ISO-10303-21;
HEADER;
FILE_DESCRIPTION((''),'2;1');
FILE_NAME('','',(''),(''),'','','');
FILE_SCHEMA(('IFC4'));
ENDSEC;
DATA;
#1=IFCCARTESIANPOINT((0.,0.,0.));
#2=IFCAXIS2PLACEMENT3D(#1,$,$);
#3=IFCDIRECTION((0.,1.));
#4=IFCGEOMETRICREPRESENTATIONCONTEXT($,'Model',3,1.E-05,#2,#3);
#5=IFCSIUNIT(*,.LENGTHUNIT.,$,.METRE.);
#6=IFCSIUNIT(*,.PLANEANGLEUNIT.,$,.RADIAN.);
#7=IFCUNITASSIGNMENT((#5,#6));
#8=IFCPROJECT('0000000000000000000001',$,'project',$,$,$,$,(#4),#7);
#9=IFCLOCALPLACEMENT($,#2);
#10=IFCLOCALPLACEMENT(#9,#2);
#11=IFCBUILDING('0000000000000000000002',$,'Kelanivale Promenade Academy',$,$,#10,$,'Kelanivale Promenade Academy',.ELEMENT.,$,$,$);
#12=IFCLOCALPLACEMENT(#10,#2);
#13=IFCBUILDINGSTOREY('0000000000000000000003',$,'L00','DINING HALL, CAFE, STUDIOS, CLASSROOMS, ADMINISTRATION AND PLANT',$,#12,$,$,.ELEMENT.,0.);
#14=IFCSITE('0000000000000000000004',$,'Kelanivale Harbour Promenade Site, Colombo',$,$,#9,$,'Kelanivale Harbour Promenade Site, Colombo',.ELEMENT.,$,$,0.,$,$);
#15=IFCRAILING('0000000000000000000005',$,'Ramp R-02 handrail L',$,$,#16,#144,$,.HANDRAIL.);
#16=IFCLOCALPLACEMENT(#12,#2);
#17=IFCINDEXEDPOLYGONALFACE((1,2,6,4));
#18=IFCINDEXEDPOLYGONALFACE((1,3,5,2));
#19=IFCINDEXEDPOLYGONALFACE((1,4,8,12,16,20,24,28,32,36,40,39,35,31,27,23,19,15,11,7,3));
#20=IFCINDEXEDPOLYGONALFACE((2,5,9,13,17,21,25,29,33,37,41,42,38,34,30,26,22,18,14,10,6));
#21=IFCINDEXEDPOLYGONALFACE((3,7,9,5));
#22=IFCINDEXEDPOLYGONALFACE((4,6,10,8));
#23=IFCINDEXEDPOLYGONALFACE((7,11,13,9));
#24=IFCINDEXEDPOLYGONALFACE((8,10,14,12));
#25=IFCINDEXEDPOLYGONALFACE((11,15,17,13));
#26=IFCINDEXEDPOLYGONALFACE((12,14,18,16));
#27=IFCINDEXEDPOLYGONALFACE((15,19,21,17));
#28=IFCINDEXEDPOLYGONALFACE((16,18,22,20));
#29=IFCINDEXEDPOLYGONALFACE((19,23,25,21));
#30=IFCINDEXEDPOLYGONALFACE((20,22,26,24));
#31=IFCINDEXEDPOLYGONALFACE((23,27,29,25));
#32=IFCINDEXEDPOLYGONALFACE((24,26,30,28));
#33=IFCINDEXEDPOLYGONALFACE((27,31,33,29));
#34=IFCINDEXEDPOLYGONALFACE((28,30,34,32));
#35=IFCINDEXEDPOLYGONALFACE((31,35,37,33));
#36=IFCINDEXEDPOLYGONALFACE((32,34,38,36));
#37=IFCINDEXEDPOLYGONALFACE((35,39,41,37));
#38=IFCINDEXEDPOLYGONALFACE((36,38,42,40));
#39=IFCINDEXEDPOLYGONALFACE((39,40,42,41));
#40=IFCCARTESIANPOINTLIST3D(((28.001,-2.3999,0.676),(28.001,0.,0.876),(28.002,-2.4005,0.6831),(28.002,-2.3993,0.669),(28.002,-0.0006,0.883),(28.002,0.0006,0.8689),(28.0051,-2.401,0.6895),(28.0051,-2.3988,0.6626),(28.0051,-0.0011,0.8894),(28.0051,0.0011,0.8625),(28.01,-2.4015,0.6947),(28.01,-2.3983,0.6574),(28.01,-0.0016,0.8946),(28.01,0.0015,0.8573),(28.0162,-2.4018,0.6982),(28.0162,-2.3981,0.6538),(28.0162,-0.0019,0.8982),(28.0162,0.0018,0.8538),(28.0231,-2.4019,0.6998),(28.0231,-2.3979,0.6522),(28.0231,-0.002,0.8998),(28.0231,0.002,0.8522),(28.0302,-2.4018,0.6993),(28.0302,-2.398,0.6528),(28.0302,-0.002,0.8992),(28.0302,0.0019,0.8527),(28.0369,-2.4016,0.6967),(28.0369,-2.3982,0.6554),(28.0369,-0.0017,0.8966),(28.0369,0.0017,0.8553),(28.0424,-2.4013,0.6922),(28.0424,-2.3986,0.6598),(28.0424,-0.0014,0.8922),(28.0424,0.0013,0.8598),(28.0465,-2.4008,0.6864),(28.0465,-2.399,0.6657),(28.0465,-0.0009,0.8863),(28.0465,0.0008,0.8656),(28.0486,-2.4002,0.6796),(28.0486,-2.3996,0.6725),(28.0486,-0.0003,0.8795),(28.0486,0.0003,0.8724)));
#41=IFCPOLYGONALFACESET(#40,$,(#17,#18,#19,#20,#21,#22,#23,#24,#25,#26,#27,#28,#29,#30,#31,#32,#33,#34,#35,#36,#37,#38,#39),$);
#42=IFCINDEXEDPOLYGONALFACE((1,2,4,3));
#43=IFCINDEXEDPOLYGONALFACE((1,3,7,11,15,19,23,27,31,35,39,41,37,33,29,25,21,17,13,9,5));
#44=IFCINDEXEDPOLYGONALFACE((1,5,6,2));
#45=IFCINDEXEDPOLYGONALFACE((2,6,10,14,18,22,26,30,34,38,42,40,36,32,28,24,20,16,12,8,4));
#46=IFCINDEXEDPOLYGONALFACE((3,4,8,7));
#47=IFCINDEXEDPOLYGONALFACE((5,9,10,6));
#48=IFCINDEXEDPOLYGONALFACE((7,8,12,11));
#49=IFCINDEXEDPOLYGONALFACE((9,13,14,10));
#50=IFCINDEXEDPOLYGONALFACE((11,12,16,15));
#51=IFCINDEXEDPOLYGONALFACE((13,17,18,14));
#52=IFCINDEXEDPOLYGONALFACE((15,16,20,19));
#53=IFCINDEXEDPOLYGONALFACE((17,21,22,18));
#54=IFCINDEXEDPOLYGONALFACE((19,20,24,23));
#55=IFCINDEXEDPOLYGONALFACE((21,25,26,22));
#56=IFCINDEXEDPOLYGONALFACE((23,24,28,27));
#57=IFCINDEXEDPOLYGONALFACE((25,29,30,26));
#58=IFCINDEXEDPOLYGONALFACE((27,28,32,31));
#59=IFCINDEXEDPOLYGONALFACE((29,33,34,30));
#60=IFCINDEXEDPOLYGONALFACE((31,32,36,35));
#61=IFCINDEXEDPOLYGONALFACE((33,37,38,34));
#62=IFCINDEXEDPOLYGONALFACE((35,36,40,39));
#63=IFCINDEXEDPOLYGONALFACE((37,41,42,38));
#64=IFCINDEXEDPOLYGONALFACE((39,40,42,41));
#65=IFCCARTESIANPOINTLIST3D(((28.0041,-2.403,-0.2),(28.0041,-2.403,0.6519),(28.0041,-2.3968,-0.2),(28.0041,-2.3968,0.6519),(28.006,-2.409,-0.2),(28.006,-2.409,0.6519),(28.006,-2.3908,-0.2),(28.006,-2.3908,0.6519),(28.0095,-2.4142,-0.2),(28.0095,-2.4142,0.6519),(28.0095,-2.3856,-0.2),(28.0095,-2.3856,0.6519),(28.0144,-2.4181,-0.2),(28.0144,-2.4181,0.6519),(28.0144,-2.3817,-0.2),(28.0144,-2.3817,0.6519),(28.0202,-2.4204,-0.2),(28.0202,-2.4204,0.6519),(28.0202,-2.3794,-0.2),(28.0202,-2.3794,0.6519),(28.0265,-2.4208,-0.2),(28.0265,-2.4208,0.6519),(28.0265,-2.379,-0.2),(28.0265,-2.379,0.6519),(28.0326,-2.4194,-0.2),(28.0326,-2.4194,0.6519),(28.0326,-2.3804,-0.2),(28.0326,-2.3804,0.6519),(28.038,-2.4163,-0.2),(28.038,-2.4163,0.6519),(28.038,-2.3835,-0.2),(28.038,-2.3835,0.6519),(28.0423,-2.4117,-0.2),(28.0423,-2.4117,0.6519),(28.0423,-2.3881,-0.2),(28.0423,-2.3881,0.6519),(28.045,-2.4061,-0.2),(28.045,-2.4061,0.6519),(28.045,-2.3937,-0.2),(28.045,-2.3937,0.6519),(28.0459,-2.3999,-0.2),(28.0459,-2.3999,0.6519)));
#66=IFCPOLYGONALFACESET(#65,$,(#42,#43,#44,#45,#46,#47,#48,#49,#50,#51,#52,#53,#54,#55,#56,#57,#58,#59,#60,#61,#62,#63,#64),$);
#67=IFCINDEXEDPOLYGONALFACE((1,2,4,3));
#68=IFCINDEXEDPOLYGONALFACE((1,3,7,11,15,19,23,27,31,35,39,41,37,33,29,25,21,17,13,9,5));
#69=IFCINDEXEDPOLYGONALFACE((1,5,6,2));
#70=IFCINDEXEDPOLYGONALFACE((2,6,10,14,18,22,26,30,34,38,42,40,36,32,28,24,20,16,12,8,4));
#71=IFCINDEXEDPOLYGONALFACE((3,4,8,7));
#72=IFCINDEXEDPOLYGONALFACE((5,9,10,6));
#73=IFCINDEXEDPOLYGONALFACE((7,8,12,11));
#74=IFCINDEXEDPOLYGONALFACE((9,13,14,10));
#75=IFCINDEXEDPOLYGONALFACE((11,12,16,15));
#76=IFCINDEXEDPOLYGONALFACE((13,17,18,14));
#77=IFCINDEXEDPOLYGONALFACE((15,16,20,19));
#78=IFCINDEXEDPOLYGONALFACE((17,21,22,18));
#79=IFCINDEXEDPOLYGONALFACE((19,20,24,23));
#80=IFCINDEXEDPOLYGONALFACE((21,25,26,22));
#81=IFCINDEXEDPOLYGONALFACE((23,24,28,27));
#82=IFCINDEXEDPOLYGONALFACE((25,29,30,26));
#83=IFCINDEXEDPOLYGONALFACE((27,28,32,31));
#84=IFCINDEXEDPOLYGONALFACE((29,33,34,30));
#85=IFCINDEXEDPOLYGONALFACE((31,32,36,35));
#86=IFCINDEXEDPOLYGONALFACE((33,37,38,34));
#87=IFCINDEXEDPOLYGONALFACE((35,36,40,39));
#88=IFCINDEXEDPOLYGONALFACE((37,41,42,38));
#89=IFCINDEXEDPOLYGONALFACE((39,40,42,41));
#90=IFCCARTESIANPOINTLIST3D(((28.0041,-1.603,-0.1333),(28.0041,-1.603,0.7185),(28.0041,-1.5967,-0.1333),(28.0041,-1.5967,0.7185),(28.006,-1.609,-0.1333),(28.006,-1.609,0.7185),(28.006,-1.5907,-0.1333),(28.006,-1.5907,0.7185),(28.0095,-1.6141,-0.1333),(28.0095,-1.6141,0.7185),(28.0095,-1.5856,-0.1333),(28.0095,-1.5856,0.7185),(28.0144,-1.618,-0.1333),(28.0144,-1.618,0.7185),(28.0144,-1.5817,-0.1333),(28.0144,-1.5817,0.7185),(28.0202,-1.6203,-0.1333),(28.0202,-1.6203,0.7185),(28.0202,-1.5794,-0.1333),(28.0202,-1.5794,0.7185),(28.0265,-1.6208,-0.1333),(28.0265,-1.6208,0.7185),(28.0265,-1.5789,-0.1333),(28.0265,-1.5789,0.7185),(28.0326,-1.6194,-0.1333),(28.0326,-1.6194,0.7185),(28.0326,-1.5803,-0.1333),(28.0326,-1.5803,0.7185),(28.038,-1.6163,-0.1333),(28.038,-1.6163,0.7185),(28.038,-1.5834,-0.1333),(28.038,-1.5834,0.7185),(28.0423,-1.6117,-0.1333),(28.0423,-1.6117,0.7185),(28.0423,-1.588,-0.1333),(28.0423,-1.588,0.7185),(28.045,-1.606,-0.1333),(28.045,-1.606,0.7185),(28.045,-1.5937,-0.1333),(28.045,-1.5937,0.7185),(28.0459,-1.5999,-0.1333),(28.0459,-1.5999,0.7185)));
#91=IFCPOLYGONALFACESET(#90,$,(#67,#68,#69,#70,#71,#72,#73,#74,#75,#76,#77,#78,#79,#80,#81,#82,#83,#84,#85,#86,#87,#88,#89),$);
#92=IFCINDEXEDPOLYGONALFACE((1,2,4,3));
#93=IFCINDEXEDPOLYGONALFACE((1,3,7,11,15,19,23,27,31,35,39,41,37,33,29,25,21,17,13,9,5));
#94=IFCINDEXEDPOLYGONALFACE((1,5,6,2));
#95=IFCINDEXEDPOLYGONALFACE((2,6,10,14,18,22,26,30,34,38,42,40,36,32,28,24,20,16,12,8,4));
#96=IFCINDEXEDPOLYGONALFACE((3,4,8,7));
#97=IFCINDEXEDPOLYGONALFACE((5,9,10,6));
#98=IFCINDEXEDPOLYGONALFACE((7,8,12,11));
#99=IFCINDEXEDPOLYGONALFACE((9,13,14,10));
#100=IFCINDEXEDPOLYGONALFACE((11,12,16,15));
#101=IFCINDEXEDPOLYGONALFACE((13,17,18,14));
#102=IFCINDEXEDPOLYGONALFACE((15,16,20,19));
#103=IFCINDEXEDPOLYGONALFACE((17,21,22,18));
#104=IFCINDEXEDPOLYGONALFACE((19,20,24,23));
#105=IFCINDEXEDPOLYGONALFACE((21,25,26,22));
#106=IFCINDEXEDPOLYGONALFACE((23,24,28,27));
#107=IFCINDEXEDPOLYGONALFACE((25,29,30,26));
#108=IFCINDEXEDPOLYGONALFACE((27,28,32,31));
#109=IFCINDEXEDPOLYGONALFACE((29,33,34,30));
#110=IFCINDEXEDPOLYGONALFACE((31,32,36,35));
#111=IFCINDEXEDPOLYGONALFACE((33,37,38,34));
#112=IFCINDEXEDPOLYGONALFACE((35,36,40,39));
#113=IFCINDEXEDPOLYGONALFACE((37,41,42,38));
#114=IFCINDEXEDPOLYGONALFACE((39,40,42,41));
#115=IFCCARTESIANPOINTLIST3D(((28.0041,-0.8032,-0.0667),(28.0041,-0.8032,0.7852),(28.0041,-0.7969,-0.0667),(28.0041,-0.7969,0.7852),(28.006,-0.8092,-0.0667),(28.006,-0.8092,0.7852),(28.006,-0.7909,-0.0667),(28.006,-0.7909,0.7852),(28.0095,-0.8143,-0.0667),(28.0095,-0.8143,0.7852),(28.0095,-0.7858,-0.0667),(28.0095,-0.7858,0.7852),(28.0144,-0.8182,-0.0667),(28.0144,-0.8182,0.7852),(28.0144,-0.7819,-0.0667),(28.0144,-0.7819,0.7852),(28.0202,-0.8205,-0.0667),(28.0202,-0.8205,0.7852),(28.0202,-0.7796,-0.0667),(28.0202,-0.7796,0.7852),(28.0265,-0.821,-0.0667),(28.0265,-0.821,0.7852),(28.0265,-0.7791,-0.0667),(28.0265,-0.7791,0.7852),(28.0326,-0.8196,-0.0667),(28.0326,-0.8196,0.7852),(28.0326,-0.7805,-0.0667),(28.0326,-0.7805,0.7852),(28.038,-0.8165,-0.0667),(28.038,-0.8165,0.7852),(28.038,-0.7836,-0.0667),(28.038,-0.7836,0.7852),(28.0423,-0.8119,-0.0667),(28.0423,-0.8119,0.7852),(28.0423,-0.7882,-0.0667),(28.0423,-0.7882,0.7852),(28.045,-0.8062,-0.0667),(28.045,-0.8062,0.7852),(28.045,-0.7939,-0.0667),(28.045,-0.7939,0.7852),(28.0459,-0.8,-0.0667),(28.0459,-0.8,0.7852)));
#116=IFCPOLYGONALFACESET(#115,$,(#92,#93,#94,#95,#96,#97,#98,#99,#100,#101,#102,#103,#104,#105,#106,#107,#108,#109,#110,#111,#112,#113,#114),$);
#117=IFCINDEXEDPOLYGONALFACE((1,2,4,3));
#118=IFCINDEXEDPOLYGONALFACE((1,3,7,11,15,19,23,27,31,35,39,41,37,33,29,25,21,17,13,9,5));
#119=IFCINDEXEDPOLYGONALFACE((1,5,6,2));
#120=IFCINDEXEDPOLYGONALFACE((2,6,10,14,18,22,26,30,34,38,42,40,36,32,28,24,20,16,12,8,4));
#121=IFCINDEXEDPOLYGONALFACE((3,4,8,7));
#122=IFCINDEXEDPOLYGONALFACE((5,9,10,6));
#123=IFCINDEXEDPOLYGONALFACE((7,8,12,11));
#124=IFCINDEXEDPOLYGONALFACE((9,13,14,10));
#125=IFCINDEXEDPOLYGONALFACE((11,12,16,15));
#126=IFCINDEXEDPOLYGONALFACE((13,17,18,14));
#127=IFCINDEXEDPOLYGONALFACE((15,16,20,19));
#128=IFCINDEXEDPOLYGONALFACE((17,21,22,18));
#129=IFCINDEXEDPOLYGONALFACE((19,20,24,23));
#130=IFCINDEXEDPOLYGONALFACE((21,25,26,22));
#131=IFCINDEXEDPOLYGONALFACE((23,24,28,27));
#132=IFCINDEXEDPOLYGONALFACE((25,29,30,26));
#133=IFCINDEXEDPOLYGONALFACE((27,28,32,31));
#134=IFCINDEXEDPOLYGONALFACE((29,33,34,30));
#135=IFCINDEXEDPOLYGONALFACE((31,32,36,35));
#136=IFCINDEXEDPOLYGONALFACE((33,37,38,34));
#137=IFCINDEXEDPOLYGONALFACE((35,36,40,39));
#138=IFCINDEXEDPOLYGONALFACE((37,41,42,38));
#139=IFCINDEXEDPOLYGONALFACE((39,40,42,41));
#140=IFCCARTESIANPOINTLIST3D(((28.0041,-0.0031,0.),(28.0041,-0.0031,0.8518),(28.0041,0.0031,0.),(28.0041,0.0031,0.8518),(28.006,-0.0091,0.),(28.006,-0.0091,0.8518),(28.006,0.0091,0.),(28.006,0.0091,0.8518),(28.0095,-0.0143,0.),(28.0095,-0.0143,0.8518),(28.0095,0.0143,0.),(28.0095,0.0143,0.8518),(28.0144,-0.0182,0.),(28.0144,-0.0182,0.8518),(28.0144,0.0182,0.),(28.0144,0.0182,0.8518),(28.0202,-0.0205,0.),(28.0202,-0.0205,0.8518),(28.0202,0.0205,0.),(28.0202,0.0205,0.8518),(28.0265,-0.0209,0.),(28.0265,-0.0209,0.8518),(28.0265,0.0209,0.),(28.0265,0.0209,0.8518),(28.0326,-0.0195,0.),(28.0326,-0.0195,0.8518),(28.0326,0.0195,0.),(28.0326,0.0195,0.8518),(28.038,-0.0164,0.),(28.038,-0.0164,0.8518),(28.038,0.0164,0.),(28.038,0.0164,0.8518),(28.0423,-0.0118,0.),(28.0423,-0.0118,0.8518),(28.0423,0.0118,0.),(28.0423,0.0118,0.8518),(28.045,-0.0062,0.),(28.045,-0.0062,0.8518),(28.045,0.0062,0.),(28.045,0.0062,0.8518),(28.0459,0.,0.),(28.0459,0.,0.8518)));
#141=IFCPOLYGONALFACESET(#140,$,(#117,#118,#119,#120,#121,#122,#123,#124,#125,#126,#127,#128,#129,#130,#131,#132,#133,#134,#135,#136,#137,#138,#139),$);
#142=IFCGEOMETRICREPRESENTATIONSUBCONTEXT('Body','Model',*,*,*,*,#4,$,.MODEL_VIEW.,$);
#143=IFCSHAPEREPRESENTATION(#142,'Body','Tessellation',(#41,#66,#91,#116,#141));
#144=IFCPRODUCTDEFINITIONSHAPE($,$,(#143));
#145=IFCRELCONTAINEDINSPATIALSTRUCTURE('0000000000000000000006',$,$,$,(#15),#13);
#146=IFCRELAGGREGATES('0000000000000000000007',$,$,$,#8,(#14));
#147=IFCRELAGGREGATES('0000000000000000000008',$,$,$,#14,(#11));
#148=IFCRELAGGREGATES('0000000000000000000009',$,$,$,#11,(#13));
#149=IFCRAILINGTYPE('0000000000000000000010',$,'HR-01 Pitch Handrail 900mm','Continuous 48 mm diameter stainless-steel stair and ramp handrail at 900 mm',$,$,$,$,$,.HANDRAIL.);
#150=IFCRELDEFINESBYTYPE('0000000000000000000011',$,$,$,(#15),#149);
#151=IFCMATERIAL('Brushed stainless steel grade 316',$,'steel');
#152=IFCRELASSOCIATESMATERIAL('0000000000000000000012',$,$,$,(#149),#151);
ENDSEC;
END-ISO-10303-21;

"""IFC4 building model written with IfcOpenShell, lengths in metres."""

from ifc_helpers import new_model, si_unit, direction, frame, origin, origin_2d, place, context, subcontext, project, spatial, circle, extrude, material, type_object, element, save


model = new_model("IFC4")

# Units and contexts
model_context = context("Model", 3, precision=1e-05, world=origin(), true_north=direction((0.0, 1.0)))
body_context = subcontext(model_context, "Body", "Model", "MODEL_VIEW")
ifc_project = project(units=[si_unit("LENGTHUNIT", "METRE"), si_unit("PLANEANGLEUNIT", "RADIAN")], contexts=[model_context])

# Site, building, storey
site_placement = place(None, origin())
site = spatial("IfcSite", under=ifc_project, at=site_placement, Name="Kelanivale Harbour Promenade Site, Colombo", LongName="Kelanivale Harbour Promenade Site, Colombo", CompositionType="ELEMENT", RefElevation=0.0)
building_placement = place(site_placement, origin())
building = spatial("IfcBuilding", under=site, at=building_placement, Name="Kelanivale Promenade Academy", LongName="Kelanivale Promenade Academy", CompositionType="ELEMENT")
storey_placement = place(building_placement, origin())
storey = spatial("IfcBuildingStorey", under=building, at=storey_placement, Name="L00", Description="DINING HALL, CAFE, STUDIOS, CLASSROOMS, ADMINISTRATION AND PLANT", CompositionType="ELEMENT", Elevation=0.0)

# Railing
ifc_material_1 = material(Name="Brushed stainless steel grade 316", Category="steel")
railing_type = type_object("IfcRailingType", Name="HR-01 Pitch Handrail 900mm", Description="Continuous 48 mm diameter stainless-steel stair and ramp handrail at 900 mm", PredefinedType="HANDRAIL", material=ifc_material_1)
for number, where, name in (
    (1, (28.0249, -2.3999, -0.2), "Ramp R-02 handrail L"),
):
    element("IfcRailing", number, at=place(storey_placement, frame(where)), inside=storey, type_object=railing_type, Name=name, PredefinedType="HANDRAIL", context=body_context, shape_type="SweptSolid", body=[
        extrude(circle(Radius=0.0239, at=origin_2d()), frame((0.0, 0.0, 0.876), z_axis=(0.0, 0.996547, 0.083029), x_axis=(-1.0, 0.0, 0.0)), (0.0, 0.0, 1.0), 2.4082),
        extrude(circle(Radius=0.021, at=origin_2d()), origin(), (0.0, 0.0, 1.0), 0.8518),
        extrude(circle(Radius=0.021, at=origin_2d()), frame((0.0, 0.8, 0.0667)), (0.0, 0.0, 1.0), 0.8518),
        extrude(circle(Radius=0.021, at=origin_2d()), frame((0.0, 1.5999, 0.1333)), (0.0, 0.0, 1.0), 0.8518),
        extrude(circle(Radius=0.021, at=origin_2d()), frame((0.0, 2.3999, 0.2)), (0.0, 0.0, 1.0), 0.8518),
    ])

save(model, "model.ifc")
